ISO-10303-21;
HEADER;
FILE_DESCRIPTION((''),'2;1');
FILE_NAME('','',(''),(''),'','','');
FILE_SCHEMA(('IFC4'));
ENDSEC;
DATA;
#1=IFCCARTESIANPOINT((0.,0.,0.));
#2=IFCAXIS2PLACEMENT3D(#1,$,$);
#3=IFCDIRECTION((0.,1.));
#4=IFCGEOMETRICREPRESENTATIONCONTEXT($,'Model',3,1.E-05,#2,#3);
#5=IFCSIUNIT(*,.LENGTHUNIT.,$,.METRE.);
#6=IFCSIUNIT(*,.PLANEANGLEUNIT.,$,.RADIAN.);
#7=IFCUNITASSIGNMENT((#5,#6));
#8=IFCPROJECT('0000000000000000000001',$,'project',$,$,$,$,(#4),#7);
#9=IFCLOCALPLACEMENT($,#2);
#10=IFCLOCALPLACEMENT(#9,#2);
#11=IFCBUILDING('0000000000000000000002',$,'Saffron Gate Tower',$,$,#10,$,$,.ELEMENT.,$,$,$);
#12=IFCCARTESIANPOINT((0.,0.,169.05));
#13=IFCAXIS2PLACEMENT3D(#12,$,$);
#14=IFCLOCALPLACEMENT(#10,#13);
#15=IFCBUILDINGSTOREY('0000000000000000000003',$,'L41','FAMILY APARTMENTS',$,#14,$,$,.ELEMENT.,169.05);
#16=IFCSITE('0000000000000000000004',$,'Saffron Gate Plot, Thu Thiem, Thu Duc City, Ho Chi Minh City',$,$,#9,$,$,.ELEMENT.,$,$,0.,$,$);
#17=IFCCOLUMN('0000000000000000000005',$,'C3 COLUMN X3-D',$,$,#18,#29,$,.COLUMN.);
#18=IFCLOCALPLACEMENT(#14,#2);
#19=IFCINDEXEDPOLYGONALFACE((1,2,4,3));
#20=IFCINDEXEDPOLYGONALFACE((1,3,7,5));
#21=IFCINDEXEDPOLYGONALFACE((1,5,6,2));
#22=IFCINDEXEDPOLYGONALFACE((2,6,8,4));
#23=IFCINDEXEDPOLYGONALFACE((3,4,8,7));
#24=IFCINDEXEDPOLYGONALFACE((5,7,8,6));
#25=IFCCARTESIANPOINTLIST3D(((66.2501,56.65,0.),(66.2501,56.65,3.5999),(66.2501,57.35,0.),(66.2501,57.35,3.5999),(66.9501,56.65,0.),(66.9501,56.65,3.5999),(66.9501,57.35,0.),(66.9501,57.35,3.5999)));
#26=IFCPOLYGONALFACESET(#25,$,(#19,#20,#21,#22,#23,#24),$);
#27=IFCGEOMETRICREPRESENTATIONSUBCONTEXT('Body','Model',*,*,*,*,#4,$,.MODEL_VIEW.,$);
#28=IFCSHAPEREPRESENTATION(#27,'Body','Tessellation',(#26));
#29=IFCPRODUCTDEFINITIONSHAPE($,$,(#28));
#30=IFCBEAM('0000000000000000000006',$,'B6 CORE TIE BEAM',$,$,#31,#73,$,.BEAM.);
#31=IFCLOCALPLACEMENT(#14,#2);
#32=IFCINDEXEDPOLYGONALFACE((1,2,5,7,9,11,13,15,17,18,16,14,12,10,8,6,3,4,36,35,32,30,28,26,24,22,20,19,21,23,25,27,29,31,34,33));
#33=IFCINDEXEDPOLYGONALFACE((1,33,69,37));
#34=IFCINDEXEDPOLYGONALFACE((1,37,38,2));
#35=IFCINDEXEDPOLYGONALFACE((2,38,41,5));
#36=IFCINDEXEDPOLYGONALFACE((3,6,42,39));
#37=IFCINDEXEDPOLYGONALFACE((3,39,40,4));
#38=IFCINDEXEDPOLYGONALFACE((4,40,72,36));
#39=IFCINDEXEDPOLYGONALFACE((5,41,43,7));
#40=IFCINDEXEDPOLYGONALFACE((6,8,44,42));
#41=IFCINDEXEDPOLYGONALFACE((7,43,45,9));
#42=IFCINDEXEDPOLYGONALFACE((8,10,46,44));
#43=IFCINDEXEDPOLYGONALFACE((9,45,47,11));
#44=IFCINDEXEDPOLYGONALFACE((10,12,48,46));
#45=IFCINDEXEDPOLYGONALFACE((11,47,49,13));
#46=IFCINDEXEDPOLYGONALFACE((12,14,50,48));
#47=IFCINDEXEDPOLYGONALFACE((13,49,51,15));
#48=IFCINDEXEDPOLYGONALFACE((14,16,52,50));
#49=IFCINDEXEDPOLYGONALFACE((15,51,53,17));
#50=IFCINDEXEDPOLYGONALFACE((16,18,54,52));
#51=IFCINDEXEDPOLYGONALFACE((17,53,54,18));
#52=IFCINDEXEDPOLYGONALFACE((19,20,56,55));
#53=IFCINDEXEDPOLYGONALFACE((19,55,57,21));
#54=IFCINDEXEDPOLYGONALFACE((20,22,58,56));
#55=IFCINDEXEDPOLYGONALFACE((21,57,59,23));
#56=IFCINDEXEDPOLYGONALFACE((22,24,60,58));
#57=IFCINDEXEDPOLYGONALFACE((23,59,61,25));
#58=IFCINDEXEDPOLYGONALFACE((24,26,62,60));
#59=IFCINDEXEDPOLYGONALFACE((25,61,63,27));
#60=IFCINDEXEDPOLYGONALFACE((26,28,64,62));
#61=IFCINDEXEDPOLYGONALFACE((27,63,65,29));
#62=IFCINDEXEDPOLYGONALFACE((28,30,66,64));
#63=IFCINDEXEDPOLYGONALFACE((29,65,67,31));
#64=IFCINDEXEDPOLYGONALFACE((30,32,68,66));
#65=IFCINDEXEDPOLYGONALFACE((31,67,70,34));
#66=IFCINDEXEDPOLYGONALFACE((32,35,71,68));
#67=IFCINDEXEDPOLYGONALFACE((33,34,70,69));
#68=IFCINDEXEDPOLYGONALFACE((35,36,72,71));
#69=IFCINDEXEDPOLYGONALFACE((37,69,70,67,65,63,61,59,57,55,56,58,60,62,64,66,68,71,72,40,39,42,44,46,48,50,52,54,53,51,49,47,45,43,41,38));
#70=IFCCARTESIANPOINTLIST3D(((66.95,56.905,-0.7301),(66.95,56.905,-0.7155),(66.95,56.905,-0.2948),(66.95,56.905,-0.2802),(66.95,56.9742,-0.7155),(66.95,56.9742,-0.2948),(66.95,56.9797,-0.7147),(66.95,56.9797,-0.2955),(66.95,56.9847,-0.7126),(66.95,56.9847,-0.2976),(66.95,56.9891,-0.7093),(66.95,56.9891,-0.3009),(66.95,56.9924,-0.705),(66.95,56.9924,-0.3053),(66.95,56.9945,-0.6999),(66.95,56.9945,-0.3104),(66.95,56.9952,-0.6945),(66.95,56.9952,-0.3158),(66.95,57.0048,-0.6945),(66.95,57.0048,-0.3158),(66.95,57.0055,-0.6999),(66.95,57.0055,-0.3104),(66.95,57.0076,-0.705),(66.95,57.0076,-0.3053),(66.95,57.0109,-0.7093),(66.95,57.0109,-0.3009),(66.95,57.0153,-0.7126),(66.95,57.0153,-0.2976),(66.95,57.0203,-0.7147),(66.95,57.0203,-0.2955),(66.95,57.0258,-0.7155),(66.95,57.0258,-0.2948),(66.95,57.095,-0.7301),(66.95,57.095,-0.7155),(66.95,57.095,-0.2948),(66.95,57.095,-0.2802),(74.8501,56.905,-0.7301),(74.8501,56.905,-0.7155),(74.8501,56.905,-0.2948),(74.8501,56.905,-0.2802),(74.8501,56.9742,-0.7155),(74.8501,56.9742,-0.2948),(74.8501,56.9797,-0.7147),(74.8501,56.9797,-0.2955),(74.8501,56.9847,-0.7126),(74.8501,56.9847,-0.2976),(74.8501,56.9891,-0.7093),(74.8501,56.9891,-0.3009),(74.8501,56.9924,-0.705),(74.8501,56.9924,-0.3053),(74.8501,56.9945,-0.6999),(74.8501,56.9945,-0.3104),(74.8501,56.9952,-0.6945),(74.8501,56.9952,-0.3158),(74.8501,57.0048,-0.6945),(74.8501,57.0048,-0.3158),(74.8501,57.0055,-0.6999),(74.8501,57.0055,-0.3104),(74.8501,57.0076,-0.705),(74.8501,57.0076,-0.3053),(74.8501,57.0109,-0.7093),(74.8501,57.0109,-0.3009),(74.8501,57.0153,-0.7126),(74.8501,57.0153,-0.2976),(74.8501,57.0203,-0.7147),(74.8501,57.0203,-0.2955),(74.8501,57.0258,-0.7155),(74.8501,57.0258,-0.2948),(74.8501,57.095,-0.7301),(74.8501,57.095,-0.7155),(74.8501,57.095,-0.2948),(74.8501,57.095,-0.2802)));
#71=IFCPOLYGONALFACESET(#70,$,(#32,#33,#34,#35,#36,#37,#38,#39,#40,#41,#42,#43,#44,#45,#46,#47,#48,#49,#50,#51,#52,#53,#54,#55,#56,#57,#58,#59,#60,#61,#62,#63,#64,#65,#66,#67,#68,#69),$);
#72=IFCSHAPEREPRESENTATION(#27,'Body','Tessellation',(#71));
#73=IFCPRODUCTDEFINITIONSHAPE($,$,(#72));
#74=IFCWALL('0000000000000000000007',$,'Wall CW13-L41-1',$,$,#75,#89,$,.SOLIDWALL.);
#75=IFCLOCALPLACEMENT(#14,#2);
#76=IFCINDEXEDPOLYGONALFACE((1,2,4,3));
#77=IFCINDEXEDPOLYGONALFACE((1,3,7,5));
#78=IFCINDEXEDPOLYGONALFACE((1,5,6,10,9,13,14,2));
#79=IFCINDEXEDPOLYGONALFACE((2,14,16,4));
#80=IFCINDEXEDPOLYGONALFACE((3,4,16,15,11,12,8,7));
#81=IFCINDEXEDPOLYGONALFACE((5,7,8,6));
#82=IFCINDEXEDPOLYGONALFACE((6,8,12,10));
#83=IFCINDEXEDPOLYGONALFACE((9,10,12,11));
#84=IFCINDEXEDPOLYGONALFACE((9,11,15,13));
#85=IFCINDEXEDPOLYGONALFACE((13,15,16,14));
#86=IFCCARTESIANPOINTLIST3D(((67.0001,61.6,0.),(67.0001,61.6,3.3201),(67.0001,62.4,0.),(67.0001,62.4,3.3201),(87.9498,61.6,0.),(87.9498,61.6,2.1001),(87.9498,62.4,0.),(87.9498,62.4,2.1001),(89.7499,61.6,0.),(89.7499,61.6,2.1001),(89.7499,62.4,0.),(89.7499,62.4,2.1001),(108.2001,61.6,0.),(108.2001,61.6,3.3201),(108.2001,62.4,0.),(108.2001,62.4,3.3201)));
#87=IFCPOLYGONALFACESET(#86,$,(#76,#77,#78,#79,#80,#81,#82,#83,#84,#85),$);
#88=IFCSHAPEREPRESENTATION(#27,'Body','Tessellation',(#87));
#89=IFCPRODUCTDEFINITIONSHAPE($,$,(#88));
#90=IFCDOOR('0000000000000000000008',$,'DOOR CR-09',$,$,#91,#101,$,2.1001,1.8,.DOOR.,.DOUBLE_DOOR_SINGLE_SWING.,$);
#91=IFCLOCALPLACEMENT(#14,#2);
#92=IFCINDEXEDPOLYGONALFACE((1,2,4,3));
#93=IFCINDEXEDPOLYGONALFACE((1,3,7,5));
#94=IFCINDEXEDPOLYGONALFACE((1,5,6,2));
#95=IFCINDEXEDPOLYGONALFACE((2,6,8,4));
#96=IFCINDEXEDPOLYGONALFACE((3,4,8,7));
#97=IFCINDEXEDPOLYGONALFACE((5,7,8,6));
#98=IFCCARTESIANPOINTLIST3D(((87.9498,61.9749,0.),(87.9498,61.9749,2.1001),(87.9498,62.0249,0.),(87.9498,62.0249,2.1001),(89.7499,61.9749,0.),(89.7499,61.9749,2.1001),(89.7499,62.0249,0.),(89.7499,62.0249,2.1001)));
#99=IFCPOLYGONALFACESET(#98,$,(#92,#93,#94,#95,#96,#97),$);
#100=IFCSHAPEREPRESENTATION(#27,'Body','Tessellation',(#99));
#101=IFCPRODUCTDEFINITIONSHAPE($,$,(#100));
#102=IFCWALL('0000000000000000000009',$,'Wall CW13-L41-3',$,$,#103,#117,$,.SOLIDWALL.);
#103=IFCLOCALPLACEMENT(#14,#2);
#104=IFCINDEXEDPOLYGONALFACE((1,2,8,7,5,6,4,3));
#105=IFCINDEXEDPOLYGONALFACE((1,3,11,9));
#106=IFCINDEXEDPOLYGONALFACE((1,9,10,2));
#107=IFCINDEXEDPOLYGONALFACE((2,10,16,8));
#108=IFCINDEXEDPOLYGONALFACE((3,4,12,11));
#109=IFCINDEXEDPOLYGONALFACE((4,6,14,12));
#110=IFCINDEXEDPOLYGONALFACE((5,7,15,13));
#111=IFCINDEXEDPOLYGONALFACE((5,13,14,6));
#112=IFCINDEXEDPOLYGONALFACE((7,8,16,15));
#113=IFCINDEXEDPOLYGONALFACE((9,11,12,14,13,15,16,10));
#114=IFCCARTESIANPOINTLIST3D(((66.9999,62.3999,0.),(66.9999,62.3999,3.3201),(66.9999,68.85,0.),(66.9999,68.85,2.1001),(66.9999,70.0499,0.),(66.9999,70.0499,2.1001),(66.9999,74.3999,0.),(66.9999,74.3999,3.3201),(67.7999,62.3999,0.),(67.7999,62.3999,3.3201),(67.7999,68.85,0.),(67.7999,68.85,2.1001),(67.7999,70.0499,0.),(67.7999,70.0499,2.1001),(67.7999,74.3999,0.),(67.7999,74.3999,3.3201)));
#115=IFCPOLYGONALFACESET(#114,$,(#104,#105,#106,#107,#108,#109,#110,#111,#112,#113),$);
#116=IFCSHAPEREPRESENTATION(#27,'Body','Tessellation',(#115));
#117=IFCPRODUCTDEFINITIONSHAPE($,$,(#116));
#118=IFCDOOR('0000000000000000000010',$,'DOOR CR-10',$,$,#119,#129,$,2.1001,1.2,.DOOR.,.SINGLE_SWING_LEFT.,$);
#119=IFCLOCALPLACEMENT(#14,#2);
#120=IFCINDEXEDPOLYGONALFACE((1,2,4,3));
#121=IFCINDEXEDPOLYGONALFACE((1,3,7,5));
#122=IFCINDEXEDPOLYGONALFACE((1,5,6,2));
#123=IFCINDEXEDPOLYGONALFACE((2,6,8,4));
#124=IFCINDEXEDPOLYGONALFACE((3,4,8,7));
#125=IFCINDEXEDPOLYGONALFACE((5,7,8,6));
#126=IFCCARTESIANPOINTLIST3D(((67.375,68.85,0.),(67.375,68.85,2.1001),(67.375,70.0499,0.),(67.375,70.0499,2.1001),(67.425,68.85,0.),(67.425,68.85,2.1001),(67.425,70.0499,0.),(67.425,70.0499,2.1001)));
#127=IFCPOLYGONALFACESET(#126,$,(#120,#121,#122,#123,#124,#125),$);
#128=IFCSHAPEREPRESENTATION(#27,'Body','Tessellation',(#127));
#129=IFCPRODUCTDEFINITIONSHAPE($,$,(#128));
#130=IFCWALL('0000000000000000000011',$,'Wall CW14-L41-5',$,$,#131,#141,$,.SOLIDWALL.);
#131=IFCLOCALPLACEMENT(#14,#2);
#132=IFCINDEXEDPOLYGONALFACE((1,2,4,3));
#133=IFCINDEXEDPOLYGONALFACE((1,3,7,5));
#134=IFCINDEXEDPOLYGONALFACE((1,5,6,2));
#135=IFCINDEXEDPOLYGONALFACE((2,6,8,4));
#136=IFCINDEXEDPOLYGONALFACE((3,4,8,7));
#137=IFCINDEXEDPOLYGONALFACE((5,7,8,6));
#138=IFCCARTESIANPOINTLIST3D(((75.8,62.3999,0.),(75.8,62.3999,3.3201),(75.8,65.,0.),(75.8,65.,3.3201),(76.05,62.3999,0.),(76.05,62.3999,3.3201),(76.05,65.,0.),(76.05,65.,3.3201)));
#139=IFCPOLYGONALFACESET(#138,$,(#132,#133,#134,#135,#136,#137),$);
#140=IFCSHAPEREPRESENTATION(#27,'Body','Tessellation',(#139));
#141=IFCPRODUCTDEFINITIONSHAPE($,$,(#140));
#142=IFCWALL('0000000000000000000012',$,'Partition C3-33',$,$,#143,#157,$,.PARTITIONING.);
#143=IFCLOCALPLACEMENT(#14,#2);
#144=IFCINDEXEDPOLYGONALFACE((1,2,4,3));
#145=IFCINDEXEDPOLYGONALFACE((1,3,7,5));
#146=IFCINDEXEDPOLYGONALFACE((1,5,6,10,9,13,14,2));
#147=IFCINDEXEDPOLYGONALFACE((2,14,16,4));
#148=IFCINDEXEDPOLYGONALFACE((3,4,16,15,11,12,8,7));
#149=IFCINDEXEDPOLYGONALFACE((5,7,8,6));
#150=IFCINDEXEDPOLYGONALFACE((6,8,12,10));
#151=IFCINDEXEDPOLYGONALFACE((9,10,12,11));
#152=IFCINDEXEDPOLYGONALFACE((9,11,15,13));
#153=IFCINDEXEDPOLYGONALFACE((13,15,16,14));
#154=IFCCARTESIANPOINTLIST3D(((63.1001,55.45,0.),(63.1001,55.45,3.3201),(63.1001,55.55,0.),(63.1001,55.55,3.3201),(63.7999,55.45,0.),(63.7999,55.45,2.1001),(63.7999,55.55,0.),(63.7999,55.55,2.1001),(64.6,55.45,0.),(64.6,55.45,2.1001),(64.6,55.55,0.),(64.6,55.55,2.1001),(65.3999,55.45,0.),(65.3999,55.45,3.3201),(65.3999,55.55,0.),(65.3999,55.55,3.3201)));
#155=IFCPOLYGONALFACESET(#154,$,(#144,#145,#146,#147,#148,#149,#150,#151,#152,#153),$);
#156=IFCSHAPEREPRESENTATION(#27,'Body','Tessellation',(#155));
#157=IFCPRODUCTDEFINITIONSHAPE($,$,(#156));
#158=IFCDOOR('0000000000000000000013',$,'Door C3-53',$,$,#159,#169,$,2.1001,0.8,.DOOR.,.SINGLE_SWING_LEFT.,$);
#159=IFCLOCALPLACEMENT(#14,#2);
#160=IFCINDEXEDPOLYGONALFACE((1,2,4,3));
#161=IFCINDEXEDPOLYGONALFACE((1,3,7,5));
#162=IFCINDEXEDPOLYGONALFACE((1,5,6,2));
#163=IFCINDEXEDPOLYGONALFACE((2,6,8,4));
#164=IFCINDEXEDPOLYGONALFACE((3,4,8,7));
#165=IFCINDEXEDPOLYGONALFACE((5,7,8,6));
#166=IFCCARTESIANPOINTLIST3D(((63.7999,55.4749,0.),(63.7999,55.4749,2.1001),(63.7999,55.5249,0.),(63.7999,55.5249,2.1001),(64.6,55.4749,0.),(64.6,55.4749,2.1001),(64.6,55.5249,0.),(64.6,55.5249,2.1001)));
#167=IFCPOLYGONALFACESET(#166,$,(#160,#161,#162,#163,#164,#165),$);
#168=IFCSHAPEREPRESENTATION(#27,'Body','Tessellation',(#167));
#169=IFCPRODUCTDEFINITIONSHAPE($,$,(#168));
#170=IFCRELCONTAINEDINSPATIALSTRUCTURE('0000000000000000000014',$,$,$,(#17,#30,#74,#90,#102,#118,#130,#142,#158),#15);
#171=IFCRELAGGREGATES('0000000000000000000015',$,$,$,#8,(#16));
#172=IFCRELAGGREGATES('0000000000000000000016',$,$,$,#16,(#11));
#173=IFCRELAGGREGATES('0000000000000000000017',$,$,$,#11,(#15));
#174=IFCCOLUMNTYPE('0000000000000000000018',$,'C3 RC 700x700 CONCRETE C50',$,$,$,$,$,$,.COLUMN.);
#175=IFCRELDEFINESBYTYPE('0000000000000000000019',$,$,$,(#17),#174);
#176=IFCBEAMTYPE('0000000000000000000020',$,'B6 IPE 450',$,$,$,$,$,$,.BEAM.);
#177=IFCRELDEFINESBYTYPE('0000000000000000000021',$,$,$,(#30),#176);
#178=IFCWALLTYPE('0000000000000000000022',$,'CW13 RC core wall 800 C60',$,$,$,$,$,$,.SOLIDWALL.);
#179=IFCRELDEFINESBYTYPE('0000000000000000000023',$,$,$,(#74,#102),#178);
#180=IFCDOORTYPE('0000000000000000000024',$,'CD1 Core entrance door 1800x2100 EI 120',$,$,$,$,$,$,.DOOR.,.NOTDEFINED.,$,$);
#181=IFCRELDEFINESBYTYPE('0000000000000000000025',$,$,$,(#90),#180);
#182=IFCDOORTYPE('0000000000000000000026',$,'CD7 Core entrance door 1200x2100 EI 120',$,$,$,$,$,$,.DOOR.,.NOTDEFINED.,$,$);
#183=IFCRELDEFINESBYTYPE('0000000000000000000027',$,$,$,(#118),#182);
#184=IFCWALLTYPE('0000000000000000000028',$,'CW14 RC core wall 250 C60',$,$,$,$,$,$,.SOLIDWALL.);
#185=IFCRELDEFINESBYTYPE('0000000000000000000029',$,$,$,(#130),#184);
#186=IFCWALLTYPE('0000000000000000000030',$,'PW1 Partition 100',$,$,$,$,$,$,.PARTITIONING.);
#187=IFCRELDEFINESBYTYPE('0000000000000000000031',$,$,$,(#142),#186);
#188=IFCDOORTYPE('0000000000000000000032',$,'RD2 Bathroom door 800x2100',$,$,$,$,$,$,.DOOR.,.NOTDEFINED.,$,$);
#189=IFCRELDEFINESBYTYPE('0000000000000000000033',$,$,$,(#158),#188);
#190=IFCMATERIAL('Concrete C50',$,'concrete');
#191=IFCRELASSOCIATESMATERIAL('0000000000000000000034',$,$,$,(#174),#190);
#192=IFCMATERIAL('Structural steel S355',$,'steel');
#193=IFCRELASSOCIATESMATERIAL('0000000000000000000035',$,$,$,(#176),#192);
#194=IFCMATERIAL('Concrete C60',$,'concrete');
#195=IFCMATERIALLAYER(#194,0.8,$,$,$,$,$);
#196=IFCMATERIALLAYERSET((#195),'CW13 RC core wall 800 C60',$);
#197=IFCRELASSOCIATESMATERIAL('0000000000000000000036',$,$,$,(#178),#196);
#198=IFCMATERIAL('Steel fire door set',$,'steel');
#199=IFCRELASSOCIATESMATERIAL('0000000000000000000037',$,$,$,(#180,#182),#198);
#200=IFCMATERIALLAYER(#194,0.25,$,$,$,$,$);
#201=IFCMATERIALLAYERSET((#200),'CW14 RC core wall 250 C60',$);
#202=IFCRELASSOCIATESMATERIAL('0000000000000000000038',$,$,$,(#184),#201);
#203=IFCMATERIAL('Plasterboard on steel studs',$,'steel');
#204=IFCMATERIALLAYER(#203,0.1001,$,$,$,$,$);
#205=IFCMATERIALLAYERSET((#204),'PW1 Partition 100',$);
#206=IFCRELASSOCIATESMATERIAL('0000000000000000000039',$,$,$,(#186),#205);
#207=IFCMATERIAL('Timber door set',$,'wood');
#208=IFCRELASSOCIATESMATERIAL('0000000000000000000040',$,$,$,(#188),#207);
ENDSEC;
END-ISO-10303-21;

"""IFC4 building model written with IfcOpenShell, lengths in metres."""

from ifc_helpers import new_model, si_unit, direction, frame, frame_2d, origin, origin_2d, place, context, subcontext, project, spatial, rectangle, i_section, extrude, material, layer, layer_set, material_profile, profile_set, type_object, element, fill, save


model = new_model("IFC4")

# Units and contexts
model_context = context("Model", 3, precision=1e-05, world=origin(), true_north=direction((0.0, 1.0)))
body_context = subcontext(model_context, "Body", "Model", "MODEL_VIEW")
ifc_project = project(units=[si_unit("LENGTHUNIT", "METRE"), si_unit("PLANEANGLEUNIT", "RADIAN")], contexts=[model_context])

# Site, building, storey
site_placement = place(None, origin())
site = spatial("IfcSite", under=ifc_project, at=site_placement, Name="Saffron Gate Plot, Thu Thiem, Thu Duc City, Ho Chi Minh City", CompositionType="ELEMENT", RefElevation=0.0)
building_placement = place(site_placement, origin())
building = spatial("IfcBuilding", under=site, at=building_placement, Name="Saffron Gate Tower", CompositionType="ELEMENT")
storey_placement = place(building_placement, frame((0.0, 0.0, 169.05)))
storey = spatial("IfcBuildingStorey", under=building, at=storey_placement, Name="L41", Description="FAMILY APARTMENTS", CompositionType="ELEMENT", Elevation=169.05)

# Column
ifc_material_1 = material(Name="Concrete C50", Category="concrete")
ifc_material_profile_1 = material_profile(ifc_material_1, rectangle(XDim=0.7, YDim=0.7, at=origin_2d()))
ifc_profile_set_1 = profile_set([ifc_material_profile_1], Name="Concrete C50")
column_type = type_object("IfcColumnType", Name="C3 RC 700x700 CONCRETE C50", PredefinedType="COLUMN", material=ifc_profile_set_1)
column_placement = place(storey_placement, frame((66.6001, 57.0, 0.0), z_axis=(0.0, 0.0, 1.0), x_axis=(1.0, 0.0, 0.0)))
element("IfcColumn", 1, at=column_placement, inside=storey, type_object=column_type, Name="C3 COLUMN X3-D", PredefinedType="COLUMN", context=body_context, shape_type="SweptSolid", body=[
    extrude(rectangle(XDim=0.7, YDim=0.7, at=origin_2d()), origin(), (0.0, 0.0, 1.0), 3.5999),
])

# Beam
ifc_material_2 = material(Name="Structural steel S355", Category="steel")
ifc_material_profile_2 = material_profile(ifc_material_2, i_section(OverallWidth=0.1899, OverallDepth=0.45, WebThickness=0.0095, FlangeThickness=0.0146, FilletRadius=0.021, at=origin_2d()))
ifc_profile_set_2 = profile_set([ifc_material_profile_2], Name="Structural steel S355")
beam_type = type_object("IfcBeamType", Name="B6 IPE 450", PredefinedType="BEAM", material=ifc_profile_set_2)
beam_placement = place(storey_placement, frame((66.95, 57.0, -0.5051), z_axis=(1.0, 0.0, 0.0), x_axis=(0.0, 1.0, 0.0)))
element("IfcBeam", 2, at=beam_placement, inside=storey, type_object=beam_type, Name="B6 CORE TIE BEAM", PredefinedType="BEAM", context=body_context, shape_type="SweptSolid", body=[
    extrude(i_section(OverallWidth=0.1899, OverallDepth=0.45, WebThickness=0.0095, FlangeThickness=0.0146, FilletRadius=0.021, at=origin_2d()), origin(), (0.0, 0.0, 1.0), 7.9001),
])

# Walls, openings, doors
ifc_material_3 = material(Name="Concrete C60", Category="concrete")
ifc_layer_1 = layer(ifc_material_3, 0.8)
ifc_layer_set_1 = layer_set([ifc_layer_1], Name="CW13 RC core wall 800 C60")
wall_type_1 = type_object("IfcWallType", Name="CW13 RC core wall 800 C60", PredefinedType="SOLIDWALL", material=ifc_layer_set_1)
wall_1_placement = place(storey_placement, frame((67.0, 62.0, 0.0), z_axis=(0.0, 0.0, 1.0), x_axis=(1.0, 0.0, 0.0)))
wall_1 = element("IfcWall", 3, at=wall_1_placement, inside=storey, type_object=wall_type_1, Name="Wall CW13-L41-1", PredefinedType="SOLIDWALL", context=body_context, shape_type="SweptSolid", body=[
    extrude(rectangle(XDim=41.2, YDim=0.8, at=frame_2d((20.6001, 0.0))), origin(), (0.0, 0.0, 1.0), 3.3201),
])
opening_1_placement = place(wall_1_placement, frame((20.95, 0.0, 0.0)))
opening_1 = element("IfcOpeningElement", 4, at=opening_1_placement, cuts=wall_1, PredefinedType="OPENING", context=body_context, shape_type="SweptSolid", body=[
    extrude(rectangle(XDim=1.8, YDim=2.1001, at=frame_2d((0.8999, 1.05))), frame((0.0, 0.4102, 0.0), z_axis=(0.0, -1.0, 0.0), x_axis=(1.0, 0.0, 0.0)), (0.0, 0.0, 1.0), 0.8201),
])
ifc_material_4 = material(Name="Steel fire door set", Category="steel")
door_type_1 = type_object("IfcDoorType", Name="CD1 Core entrance door 1800x2100 EI 120", OperationType="NOTDEFINED", PredefinedType="DOOR", material=ifc_material_4)
door_1_placement = place(opening_1_placement, origin())
door_1 = element("IfcDoor", 5, at=door_1_placement, inside=storey, type_object=door_type_1, Name="DOOR CR-09", OperationType="DOUBLE_DOOR_SINGLE_SWING", OverallHeight=2.1001, OverallWidth=1.8, PredefinedType="DOOR", context=body_context, shape_type="SweptSolid", body=[
    extrude(rectangle(XDim=1.8, YDim=2.1001, at=frame_2d((0.8999, 1.05))), frame((0.0, 0.0249, 0.0), z_axis=(0.0, -1.0, 0.0), x_axis=(1.0, 0.0, 0.0)), (0.0, 0.0, 1.0), 0.05),
])
fill(opening_1, door_1)
wall_2_placement = place(storey_placement, frame((67.3999, 62.3999, 0.0), z_axis=(0.0, 0.0, 1.0), x_axis=(0.0, 1.0, 0.0)))
wall_2 = element("IfcWall", 6, at=wall_2_placement, inside=storey, type_object=wall_type_1, Name="Wall CW13-L41-3", PredefinedType="SOLIDWALL", context=body_context, shape_type="SweptSolid", body=[
    extrude(rectangle(XDim=12.0, YDim=0.8, at=frame_2d((6.0, 0.0))), origin(), (0.0, 0.0, 1.0), 3.3201),
])
opening_2_placement = place(wall_2_placement, frame((6.45, 0.0, 0.0)))
opening_2 = element("IfcOpeningElement", 7, at=opening_2_placement, cuts=wall_2, PredefinedType="OPENING", context=body_context, shape_type="SweptSolid", body=[
    extrude(rectangle(XDim=1.2, YDim=2.1001, at=frame_2d((0.6001, 1.05))), frame((0.0, 0.4102, 0.0), z_axis=(0.0, -1.0, 0.0), x_axis=(1.0, 0.0, 0.0)), (0.0, 0.0, 1.0), 0.8201),
])
door_type_2 = type_object("IfcDoorType", Name="CD7 Core entrance door 1200x2100 EI 120", OperationType="NOTDEFINED", PredefinedType="DOOR", material=ifc_material_4)
door_2_placement = place(opening_2_placement, origin())
door_2 = element("IfcDoor", 8, at=door_2_placement, inside=storey, type_object=door_type_2, Name="DOOR CR-10", OperationType="SINGLE_SWING_LEFT", OverallHeight=2.1001, OverallWidth=1.2, PredefinedType="DOOR", context=body_context, shape_type="SweptSolid", body=[
    extrude(rectangle(XDim=1.2, YDim=2.1001, at=frame_2d((0.6001, 1.05))), frame((0.0, 0.0249, 0.0), z_axis=(0.0, -1.0, 0.0), x_axis=(1.0, 0.0, 0.0)), (0.0, 0.0, 1.0), 0.05),
])
fill(opening_2, door_2)

# Wall
ifc_layer_2 = layer(ifc_material_3, 0.25)
ifc_layer_set_2 = layer_set([ifc_layer_2], Name="CW14 RC core wall 250 C60")
wall_type_2 = type_object("IfcWallType", Name="CW14 RC core wall 250 C60", PredefinedType="SOLIDWALL", material=ifc_layer_set_2)
wall_3_placement = place(storey_placement, frame((75.925, 62.3999, 0.0), z_axis=(0.0, 0.0, 1.0), x_axis=(0.0, 1.0, 0.0)))
element("IfcWall", 9, at=wall_3_placement, inside=storey, type_object=wall_type_2, Name="Wall CW14-L41-5", PredefinedType="SOLIDWALL", context=body_context, shape_type="SweptSolid", body=[
    extrude(rectangle(XDim=2.6001, YDim=0.25, at=frame_2d((1.3, 0.0))), origin(), (0.0, 0.0, 1.0), 3.3201),
])

# Wall, opening, door
ifc_material_5 = material(Name="Plasterboard on steel studs", Category="steel")
ifc_layer_3 = layer(ifc_material_5, 0.1001)
ifc_layer_set_3 = layer_set([ifc_layer_3], Name="PW1 Partition 100")
wall_type_3 = type_object("IfcWallType", Name="PW1 Partition 100", PredefinedType="PARTITIONING", material=ifc_layer_set_3)
wall_4_placement = place(storey_placement, frame((63.1001, 55.5, 0.0), z_axis=(0.0, 0.0, 1.0), x_axis=(1.0, 0.0, 0.0)))
wall_4 = element("IfcWall", 10, at=wall_4_placement, inside=storey, type_object=wall_type_3, Name="Partition C3-33", PredefinedType="PARTITIONING", context=body_context, shape_type="SweptSolid", body=[
    extrude(rectangle(XDim=2.2998, YDim=0.1001, at=frame_2d((1.1499, 0.0))), origin(), (0.0, 0.0, 1.0), 3.3201),
])
opening_3_placement = place(wall_4_placement, frame((0.7, 0.0, 0.0)))
opening_3 = element("IfcOpeningElement", 11, at=opening_3_placement, cuts=wall_4, PredefinedType="OPENING", context=body_context, shape_type="SweptSolid", body=[
    extrude(rectangle(XDim=0.8, YDim=2.1001, at=frame_2d((0.3999, 1.05))), frame((0.0, 0.0601, 0.0), z_axis=(0.0, -1.0, 0.0), x_axis=(1.0, 0.0, 0.0)), (0.0, 0.0, 1.0), 0.1201),
])
ifc_material_6 = material(Name="Timber door set", Category="wood")
door_type_3 = type_object("IfcDoorType", Name="RD2 Bathroom door 800x2100", OperationType="NOTDEFINED", PredefinedType="DOOR", material=ifc_material_6)
door_3_placement = place(opening_3_placement, origin())
door_3 = element("IfcDoor", 12, at=door_3_placement, inside=storey, type_object=door_type_3, Name="Door C3-53", OperationType="SINGLE_SWING_LEFT", OverallHeight=2.1001, OverallWidth=0.8, PredefinedType="DOOR", context=body_context, shape_type="SweptSolid", body=[
    extrude(rectangle(XDim=0.8, YDim=2.1001, at=frame_2d((0.3999, 1.05))), frame((0.0, 0.0249, 0.0), z_axis=(0.0, -1.0, 0.0), x_axis=(1.0, 0.0, 0.0)), (0.0, 0.0, 1.0), 0.05),
])
fill(opening_3, door_3)

save(model, "model.ifc")
